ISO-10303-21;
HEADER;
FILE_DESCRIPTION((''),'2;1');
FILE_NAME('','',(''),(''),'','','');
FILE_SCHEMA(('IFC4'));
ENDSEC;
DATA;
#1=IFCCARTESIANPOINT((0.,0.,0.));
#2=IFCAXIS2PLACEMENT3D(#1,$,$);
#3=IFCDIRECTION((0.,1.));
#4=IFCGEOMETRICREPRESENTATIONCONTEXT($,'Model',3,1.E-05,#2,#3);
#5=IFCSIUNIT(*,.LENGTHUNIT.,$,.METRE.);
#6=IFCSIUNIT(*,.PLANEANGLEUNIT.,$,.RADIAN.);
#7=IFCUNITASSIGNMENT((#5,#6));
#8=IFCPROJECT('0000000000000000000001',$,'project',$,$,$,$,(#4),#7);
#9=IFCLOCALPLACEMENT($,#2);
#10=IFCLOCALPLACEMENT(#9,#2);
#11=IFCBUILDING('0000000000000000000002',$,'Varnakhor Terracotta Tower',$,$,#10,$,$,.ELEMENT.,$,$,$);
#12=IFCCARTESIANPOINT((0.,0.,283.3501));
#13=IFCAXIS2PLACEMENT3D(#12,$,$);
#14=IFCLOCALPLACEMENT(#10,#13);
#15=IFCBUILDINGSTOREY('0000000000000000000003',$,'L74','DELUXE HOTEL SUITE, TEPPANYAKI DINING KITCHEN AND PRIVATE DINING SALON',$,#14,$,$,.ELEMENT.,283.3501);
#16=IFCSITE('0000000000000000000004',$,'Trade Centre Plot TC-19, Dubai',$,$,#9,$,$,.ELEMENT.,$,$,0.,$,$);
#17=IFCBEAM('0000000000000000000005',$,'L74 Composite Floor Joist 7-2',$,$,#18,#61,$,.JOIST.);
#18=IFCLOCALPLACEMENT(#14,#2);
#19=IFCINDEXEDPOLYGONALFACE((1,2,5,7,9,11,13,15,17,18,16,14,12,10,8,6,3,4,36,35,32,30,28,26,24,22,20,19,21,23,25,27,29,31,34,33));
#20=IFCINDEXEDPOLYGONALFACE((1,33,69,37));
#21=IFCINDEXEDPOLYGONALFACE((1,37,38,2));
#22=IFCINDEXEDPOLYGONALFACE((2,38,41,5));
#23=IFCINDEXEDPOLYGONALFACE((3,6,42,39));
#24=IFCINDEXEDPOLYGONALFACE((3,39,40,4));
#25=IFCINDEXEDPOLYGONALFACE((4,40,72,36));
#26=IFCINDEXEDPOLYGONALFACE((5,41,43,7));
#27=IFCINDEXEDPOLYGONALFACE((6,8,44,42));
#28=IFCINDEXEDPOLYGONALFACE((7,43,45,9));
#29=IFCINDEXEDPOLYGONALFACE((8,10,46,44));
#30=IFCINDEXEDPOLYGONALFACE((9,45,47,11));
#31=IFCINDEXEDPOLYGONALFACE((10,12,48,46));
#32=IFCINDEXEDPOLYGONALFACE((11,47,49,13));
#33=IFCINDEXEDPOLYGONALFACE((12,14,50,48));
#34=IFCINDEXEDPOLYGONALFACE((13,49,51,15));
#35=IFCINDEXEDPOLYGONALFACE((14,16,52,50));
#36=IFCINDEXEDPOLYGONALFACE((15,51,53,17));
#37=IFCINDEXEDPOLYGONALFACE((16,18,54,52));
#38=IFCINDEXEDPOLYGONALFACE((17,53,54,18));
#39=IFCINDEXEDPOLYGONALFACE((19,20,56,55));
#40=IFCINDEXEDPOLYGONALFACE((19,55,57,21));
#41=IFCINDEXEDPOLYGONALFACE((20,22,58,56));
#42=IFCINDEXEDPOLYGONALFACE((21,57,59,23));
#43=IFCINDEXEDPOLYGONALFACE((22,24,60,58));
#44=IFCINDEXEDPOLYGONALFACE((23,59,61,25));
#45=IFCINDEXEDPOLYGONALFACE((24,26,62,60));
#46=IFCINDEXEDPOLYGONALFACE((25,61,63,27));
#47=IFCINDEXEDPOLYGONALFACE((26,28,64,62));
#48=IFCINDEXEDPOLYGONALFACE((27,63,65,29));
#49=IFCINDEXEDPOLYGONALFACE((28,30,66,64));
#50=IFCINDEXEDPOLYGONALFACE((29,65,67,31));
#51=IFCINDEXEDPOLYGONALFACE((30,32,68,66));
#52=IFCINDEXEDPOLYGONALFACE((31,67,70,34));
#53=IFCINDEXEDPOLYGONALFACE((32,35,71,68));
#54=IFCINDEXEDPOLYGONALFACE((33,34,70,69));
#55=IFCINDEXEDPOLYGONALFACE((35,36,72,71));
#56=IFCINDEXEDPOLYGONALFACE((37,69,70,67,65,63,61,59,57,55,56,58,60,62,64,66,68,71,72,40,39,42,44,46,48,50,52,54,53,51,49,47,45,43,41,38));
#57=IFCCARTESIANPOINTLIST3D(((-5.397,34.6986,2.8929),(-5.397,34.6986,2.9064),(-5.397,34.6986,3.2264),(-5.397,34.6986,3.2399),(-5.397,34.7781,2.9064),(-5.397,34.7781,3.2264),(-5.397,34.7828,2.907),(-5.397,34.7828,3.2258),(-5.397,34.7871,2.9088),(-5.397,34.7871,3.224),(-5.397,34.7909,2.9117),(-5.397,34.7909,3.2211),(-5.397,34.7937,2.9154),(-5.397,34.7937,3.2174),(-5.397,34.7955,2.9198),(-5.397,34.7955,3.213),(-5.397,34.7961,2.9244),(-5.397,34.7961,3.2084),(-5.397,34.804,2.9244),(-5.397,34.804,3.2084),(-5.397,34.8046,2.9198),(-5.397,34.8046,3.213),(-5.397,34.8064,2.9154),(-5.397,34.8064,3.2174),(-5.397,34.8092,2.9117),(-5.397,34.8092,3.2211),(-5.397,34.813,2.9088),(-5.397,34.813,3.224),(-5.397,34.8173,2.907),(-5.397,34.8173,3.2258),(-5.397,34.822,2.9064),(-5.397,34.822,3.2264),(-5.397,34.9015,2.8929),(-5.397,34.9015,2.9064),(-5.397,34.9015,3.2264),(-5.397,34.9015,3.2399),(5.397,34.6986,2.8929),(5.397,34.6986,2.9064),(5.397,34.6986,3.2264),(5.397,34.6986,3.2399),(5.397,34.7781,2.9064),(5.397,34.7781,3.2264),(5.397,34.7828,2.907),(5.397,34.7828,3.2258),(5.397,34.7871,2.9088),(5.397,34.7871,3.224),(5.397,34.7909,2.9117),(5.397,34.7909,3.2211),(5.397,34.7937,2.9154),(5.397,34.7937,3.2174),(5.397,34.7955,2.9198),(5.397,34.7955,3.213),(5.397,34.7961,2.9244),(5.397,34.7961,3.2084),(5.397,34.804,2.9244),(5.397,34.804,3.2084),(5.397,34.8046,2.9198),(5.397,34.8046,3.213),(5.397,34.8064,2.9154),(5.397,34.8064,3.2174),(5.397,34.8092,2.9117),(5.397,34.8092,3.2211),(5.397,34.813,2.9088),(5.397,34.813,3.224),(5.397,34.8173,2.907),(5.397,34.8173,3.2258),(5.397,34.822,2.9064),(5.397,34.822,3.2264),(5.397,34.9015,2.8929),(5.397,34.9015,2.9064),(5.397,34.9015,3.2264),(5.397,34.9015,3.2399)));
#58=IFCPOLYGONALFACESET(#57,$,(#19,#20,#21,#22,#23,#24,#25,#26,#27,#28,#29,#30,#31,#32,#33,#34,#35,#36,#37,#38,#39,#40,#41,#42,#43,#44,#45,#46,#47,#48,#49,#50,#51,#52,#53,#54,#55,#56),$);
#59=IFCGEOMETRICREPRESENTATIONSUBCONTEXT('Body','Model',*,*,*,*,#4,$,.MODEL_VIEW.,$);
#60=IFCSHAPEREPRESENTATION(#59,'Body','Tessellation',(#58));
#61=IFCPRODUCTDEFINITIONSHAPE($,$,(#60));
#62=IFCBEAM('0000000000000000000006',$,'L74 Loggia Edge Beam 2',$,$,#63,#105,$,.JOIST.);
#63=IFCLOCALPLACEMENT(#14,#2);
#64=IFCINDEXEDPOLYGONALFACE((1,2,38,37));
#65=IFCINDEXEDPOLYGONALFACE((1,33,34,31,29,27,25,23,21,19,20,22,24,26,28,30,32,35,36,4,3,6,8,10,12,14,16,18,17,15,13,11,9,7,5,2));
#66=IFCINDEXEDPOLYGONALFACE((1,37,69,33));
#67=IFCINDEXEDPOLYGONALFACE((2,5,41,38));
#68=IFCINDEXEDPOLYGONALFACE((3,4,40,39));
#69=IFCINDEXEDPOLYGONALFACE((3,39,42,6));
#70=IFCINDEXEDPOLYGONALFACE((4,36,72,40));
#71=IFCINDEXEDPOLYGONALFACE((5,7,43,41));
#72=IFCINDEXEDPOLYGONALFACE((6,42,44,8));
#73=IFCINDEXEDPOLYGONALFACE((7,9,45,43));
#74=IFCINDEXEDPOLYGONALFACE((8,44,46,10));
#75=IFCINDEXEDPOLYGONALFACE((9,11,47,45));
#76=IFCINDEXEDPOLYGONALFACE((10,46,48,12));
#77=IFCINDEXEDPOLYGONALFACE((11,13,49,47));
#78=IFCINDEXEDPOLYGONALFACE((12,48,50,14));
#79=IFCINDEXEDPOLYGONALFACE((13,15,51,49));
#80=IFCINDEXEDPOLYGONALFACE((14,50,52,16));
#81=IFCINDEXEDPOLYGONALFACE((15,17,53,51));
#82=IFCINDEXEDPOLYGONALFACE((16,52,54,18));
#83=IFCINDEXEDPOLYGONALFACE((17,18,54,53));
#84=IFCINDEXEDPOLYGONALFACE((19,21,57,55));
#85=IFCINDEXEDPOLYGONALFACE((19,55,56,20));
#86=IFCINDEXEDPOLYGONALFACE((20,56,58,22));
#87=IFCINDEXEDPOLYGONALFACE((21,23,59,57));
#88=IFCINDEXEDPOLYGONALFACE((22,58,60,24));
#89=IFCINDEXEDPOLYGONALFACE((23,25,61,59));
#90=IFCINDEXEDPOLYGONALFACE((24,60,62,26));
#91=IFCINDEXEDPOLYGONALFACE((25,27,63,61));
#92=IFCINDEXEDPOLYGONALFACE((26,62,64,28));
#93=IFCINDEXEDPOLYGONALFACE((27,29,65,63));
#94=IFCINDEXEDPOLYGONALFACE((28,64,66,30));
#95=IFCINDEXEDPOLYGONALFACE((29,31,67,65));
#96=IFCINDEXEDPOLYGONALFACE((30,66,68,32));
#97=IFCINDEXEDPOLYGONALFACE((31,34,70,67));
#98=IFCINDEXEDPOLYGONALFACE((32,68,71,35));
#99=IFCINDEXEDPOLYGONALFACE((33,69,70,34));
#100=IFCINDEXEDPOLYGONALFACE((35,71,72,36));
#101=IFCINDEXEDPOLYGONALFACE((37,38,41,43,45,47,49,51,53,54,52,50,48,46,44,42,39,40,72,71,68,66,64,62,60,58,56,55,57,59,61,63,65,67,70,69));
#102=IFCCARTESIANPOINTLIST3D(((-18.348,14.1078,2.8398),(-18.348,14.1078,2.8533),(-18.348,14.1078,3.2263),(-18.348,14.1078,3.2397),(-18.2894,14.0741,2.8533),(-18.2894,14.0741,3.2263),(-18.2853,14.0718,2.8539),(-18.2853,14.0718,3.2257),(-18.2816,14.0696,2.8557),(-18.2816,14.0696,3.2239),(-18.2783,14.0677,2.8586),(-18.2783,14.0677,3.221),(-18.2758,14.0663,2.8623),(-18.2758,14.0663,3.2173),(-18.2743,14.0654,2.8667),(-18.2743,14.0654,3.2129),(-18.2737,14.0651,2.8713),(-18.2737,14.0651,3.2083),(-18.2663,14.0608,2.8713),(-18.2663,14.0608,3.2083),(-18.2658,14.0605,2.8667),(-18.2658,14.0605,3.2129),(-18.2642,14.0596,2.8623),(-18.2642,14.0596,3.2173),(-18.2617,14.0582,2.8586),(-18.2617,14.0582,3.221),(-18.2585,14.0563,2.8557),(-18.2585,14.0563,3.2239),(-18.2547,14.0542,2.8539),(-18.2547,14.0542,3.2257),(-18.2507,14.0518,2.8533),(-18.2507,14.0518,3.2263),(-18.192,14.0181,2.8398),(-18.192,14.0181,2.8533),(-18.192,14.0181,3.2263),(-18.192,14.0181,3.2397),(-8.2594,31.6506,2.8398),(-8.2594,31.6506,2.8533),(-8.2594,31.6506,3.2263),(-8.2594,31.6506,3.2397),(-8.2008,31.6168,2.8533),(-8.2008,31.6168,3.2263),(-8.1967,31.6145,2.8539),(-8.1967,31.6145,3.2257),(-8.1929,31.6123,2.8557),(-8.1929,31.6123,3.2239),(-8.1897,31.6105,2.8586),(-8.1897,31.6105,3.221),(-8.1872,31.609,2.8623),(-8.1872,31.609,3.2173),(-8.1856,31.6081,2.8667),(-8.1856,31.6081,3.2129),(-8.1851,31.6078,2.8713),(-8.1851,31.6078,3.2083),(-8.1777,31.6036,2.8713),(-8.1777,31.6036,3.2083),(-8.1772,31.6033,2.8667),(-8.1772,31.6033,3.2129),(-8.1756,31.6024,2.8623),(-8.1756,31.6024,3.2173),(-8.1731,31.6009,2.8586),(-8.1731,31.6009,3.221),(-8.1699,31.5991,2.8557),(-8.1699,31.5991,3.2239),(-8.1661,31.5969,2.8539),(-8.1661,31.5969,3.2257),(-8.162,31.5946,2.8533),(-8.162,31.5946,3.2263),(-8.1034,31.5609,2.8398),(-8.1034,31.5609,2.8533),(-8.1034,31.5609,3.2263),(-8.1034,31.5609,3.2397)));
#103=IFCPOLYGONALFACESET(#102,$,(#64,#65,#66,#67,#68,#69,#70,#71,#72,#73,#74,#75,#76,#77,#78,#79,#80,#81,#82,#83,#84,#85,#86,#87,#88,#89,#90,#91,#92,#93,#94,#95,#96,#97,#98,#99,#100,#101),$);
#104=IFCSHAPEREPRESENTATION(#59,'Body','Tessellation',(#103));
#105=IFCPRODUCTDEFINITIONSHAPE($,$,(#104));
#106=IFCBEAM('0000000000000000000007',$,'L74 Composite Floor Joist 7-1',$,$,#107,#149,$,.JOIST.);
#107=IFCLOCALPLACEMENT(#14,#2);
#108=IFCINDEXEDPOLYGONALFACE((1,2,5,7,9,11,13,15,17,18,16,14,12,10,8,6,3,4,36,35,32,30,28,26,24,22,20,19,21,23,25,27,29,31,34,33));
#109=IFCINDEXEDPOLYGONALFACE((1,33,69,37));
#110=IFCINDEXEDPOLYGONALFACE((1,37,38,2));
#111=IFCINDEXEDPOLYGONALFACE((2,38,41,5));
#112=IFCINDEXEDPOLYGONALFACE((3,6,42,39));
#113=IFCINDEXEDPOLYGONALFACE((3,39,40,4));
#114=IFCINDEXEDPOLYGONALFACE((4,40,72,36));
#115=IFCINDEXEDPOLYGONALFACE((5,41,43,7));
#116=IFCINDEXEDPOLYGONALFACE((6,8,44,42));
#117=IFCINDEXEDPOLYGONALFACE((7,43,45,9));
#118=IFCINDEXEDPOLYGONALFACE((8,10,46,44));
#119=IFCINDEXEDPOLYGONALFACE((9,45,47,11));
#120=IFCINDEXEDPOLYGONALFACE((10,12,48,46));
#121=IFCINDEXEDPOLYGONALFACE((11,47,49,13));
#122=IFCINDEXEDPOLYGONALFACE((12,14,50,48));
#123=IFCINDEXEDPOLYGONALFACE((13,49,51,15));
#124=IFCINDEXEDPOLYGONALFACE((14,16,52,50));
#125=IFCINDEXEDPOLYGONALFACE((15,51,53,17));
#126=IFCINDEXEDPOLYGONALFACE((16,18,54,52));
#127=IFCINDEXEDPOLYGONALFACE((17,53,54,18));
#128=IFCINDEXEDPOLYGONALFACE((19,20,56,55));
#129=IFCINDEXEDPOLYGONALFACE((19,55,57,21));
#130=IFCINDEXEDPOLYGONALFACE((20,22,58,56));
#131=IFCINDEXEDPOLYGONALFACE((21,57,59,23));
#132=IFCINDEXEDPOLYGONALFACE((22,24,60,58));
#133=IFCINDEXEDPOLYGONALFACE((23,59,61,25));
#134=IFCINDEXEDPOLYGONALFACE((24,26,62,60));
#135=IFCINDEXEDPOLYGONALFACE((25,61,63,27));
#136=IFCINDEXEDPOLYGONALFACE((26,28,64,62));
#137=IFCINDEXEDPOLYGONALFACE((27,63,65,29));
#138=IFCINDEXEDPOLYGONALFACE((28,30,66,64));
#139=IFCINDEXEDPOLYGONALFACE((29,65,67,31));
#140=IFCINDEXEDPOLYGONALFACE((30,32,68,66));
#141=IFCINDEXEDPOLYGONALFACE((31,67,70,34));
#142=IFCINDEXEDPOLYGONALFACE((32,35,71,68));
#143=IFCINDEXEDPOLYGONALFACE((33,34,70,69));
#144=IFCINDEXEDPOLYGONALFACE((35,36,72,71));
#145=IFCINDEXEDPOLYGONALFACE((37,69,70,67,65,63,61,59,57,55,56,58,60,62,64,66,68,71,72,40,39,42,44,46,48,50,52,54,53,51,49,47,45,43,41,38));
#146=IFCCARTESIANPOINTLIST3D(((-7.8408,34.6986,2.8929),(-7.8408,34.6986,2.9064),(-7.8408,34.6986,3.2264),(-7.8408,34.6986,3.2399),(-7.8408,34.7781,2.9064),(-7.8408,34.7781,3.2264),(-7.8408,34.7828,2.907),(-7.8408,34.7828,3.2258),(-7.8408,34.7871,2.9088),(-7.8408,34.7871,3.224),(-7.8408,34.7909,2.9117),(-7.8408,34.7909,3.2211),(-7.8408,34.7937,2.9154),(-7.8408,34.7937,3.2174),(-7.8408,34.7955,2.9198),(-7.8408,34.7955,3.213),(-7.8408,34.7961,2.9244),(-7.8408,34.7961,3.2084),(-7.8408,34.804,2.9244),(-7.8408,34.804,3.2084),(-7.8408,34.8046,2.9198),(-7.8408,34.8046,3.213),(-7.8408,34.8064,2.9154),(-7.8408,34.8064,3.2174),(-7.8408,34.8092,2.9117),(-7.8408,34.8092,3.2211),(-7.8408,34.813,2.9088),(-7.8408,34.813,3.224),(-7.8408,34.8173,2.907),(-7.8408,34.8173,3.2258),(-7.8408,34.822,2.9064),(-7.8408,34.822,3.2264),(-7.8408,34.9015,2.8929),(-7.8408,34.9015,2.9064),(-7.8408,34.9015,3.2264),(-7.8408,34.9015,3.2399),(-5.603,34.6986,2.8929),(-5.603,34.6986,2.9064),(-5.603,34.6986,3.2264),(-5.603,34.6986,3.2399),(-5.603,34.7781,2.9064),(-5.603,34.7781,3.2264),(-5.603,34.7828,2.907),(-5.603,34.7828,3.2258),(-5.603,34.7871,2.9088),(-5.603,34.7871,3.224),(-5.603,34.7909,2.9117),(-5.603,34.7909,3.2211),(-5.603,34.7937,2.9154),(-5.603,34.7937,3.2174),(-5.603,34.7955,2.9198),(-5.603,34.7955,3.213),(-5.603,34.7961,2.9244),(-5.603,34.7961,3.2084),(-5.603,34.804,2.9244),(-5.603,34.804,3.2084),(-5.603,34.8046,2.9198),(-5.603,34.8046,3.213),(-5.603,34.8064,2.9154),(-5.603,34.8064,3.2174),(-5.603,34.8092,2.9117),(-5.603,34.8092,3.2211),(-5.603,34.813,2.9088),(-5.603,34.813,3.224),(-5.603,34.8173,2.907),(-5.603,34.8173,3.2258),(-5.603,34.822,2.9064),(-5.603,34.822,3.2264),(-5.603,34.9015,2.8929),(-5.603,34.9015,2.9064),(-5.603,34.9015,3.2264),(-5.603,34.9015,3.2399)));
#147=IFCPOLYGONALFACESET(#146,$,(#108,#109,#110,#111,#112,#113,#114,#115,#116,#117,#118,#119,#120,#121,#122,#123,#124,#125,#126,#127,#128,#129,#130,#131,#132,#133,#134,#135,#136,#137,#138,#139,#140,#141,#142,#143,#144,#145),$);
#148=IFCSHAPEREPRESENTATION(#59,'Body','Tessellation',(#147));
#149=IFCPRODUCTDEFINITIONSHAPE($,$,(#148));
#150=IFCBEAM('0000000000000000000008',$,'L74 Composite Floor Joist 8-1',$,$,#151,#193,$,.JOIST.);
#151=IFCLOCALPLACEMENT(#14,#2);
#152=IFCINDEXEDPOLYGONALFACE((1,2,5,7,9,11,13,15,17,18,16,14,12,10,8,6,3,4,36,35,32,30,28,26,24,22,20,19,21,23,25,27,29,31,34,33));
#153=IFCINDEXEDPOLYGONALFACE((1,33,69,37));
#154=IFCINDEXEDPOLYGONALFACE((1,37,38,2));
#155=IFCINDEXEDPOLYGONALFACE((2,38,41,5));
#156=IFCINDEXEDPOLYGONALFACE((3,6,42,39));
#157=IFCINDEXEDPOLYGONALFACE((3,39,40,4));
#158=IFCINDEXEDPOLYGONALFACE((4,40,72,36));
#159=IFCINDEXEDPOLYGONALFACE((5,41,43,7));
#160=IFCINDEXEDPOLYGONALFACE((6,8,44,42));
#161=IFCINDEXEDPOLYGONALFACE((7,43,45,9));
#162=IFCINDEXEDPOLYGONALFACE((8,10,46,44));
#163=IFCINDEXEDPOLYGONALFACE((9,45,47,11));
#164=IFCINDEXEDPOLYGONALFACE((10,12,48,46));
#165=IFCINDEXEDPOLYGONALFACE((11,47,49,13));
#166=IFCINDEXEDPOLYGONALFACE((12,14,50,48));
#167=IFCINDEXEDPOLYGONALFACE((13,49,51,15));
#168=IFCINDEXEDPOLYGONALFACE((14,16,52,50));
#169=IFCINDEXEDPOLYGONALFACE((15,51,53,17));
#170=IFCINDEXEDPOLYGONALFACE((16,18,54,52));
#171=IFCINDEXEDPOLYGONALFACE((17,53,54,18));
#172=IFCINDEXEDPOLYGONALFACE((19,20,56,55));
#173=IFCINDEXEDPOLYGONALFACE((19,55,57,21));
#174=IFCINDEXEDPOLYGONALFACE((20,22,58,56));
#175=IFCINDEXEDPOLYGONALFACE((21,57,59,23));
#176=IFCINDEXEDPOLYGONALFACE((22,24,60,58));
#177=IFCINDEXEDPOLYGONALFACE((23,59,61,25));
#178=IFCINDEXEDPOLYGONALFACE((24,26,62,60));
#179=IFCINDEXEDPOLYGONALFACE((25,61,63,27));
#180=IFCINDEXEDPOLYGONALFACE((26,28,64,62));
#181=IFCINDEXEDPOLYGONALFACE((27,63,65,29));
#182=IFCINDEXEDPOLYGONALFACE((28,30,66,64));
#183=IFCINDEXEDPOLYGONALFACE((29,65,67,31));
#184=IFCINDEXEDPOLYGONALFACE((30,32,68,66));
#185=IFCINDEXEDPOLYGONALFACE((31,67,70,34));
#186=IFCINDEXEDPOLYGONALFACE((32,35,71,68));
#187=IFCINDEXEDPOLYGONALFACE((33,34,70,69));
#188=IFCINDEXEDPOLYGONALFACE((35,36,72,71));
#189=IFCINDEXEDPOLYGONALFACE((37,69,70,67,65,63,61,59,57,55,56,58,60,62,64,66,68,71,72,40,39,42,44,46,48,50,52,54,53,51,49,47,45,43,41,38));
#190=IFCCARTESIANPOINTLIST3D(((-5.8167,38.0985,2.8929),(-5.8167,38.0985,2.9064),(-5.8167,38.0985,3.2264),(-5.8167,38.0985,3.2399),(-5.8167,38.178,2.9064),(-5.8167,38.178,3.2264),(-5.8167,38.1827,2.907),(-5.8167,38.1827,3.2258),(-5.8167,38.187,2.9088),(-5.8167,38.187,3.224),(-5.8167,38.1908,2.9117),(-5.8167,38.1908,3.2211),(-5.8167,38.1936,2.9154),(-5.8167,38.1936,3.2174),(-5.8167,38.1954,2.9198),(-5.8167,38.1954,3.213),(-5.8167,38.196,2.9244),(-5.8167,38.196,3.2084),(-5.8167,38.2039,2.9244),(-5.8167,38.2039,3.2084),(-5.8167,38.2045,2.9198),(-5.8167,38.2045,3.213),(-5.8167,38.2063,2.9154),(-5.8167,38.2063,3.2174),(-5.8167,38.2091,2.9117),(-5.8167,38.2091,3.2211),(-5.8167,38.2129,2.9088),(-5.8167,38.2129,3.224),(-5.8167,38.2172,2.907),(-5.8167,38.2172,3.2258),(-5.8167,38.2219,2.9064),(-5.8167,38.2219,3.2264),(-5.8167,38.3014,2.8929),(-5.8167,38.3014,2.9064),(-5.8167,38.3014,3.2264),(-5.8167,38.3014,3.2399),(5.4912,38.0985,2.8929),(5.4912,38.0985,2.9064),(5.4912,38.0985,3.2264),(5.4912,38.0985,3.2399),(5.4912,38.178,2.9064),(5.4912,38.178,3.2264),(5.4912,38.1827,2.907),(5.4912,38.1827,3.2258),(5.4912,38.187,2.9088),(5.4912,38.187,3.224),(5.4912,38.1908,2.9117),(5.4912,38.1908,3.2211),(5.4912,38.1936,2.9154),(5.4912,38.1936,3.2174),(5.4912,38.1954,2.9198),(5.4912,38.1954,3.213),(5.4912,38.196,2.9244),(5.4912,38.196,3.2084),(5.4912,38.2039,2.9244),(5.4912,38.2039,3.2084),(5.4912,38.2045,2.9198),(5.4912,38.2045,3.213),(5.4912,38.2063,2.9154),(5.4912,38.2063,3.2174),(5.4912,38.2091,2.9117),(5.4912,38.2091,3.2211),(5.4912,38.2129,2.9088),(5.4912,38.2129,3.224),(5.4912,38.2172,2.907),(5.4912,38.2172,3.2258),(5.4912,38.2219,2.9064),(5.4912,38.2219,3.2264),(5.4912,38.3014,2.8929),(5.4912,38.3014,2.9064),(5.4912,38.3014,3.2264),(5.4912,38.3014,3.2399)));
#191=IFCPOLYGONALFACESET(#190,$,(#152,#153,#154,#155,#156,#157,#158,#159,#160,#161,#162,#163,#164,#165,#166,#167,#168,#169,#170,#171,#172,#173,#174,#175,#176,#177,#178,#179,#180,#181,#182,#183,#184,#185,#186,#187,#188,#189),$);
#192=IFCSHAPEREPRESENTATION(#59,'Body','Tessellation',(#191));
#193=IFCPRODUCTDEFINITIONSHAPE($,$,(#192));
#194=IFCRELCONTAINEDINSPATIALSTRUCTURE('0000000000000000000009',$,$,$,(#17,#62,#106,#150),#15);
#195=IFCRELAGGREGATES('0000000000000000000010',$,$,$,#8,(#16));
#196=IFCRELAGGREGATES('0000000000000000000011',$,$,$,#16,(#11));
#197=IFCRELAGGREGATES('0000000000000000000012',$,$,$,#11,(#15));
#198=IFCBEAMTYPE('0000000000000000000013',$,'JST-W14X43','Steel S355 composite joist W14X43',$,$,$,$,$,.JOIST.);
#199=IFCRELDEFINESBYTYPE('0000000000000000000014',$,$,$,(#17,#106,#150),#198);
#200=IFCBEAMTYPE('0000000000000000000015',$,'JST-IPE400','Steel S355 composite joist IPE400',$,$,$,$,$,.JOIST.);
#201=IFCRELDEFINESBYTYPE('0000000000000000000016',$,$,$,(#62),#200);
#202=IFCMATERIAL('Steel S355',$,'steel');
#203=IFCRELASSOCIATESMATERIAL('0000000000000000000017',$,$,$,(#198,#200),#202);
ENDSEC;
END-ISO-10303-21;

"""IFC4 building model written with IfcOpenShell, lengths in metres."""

from ifc_helpers import new_model, si_unit, direction, frame, origin, origin_2d, place, context, subcontext, project, spatial, i_section, extrude, source, transform, mapped, material, material_profile, profile_set, type_object, element, save


model = new_model("IFC4")

# Units and contexts
model_context = context("Model", 3, precision=1e-05, world=origin(), true_north=direction((0.0, 1.0)))
body_context = subcontext(model_context, "Body", "Model", "MODEL_VIEW")
ifc_project = project(units=[si_unit("LENGTHUNIT", "METRE"), si_unit("PLANEANGLEUNIT", "RADIAN")], contexts=[model_context])

# Site, building, storey
site_placement = place(None, origin())
site = spatial("IfcSite", under=ifc_project, at=site_placement, Name="Trade Centre Plot TC-19, Dubai", CompositionType="ELEMENT", RefElevation=0.0)
building_placement = place(site_placement, origin())
building = spatial("IfcBuilding", under=site, at=building_placement, Name="Varnakhor Terracotta Tower", CompositionType="ELEMENT")
storey_placement = place(building_placement, frame((0.0, 0.0, 283.3501)))
storey = spatial("IfcBuildingStorey", under=building, at=storey_placement, Name="L74", Description="DELUXE HOTEL SUITE, TEPPANYAKI DINING KITCHEN AND PRIVATE DINING SALON", CompositionType="ELEMENT", Elevation=283.3501)

# Beams
ifc_material_1 = material(Name="Steel S355", Category="steel")
ifc_material_profile_1 = material_profile(ifc_material_1, i_section(OverallWidth=0.2029, OverallDepth=0.3469, WebThickness=0.0078, FlangeThickness=0.0134, FilletRadius=0.0181, at=origin_2d()), Name="W14X43")
ifc_profile_set_1 = profile_set([ifc_material_profile_1], Name="Steel S355")
beam_type_1 = type_object("IfcBeamType", Name="JST-W14X43", Description="Steel S355 composite joist W14X43", PredefinedType="JOIST", material=ifc_profile_set_1)
shared_shape_1 = source(origin(), body_context, "Body", "SweptSolid", [
    extrude(i_section(OverallWidth=0.2029, OverallDepth=0.3469, WebThickness=0.0078, FlangeThickness=0.0134, FilletRadius=0.0181, at=origin_2d()), origin(), (0.0, 0.0, 1.0), 10.7939),
])
beam_1_placement = place(storey_placement, frame((-5.397, 34.8, 3.0664), z_axis=(1.0, 0.0, 0.0), x_axis=(0.0, 1.0, 0.0)))
element("IfcBeam", 1, at=beam_1_placement, inside=storey, type_object=beam_type_1, Name="L74 Composite Floor Joist 7-2", PredefinedType="JOIST", context=body_context, shape_type="MappedRepresentation", body=[
    mapped(shared_shape_1, transform((0.0, 0.0, 0.0), scale=1.0)),
])
ifc_material_profile_2 = material_profile(ifc_material_1, i_section(OverallWidth=0.1799, OverallDepth=0.3999, WebThickness=0.0085, FlangeThickness=0.0134, FilletRadius=0.0181, at=origin_2d()), Name="IPE400")
ifc_profile_set_2 = profile_set([ifc_material_profile_2], Name="Steel S355")
beam_type_2 = type_object("IfcBeamType", Name="JST-IPE400", Description="Steel S355 composite joist IPE400", PredefinedType="JOIST", material=ifc_profile_set_2)
shared_shape_2 = source(origin(), body_context, "Body", "SweptSolid", [
    extrude(i_section(OverallWidth=0.1799, OverallDepth=0.3999, WebThickness=0.0085, FlangeThickness=0.0134, FilletRadius=0.0181, at=origin_2d()), origin(), (0.0, 0.0, 1.0), 20.2368),
])
beam_2_placement = place(storey_placement, frame((-8.1814, 31.6057, 3.0398), z_axis=(-0.498529, -0.866873, 0.0), x_axis=(0.866873, -0.498529, 0.0)))
element("IfcBeam", 2, at=beam_2_placement, inside=storey, type_object=beam_type_2, Name="L74 Loggia Edge Beam 2", PredefinedType="JOIST", context=body_context, shape_type="MappedRepresentation", body=[
    mapped(shared_shape_2, transform((0.0, 0.0, 0.0), scale=1.0)),
])
shared_shape_3 = source(origin(), body_context, "Body", "SweptSolid", [
    extrude(i_section(OverallWidth=0.2029, OverallDepth=0.3469, WebThickness=0.0078, FlangeThickness=0.0134, FilletRadius=0.0181, at=origin_2d()), origin(), (0.0, 0.0, 1.0), 2.2378),
])
beam_3_placement = place(storey_placement, frame((-7.8408, 34.8, 3.0664), z_axis=(1.0, 0.0, 0.0), x_axis=(0.0, 1.0, 0.0)))
element("IfcBeam", 3, at=beam_3_placement, inside=storey, type_object=beam_type_1, Name="L74 Composite Floor Joist 7-1", PredefinedType="JOIST", context=body_context, shape_type="MappedRepresentation", body=[
    mapped(shared_shape_3, transform((0.0, 0.0, 0.0), scale=1.0)),
])
shared_shape_4 = source(origin(), body_context, "Body", "SweptSolid", [
    extrude(i_section(OverallWidth=0.2029, OverallDepth=0.3469, WebThickness=0.0078, FlangeThickness=0.0134, FilletRadius=0.0181, at=origin_2d()), origin(), (0.0, 0.0, 1.0), 11.3079),
])
beam_4_placement = place(storey_placement, frame((-5.8167, 38.2, 3.0664), z_axis=(1.0, 0.0, 0.0), x_axis=(0.0, 1.0, 0.0)))
element("IfcBeam", 4, at=beam_4_placement, inside=storey, type_object=beam_type_1, Name="L74 Composite Floor Joist 8-1", PredefinedType="JOIST", context=body_context, shape_type="MappedRepresentation", body=[
    mapped(shared_shape_4, transform((0.0, 0.0, 0.0), scale=1.0)),
])

save(model, "model.ifc")
